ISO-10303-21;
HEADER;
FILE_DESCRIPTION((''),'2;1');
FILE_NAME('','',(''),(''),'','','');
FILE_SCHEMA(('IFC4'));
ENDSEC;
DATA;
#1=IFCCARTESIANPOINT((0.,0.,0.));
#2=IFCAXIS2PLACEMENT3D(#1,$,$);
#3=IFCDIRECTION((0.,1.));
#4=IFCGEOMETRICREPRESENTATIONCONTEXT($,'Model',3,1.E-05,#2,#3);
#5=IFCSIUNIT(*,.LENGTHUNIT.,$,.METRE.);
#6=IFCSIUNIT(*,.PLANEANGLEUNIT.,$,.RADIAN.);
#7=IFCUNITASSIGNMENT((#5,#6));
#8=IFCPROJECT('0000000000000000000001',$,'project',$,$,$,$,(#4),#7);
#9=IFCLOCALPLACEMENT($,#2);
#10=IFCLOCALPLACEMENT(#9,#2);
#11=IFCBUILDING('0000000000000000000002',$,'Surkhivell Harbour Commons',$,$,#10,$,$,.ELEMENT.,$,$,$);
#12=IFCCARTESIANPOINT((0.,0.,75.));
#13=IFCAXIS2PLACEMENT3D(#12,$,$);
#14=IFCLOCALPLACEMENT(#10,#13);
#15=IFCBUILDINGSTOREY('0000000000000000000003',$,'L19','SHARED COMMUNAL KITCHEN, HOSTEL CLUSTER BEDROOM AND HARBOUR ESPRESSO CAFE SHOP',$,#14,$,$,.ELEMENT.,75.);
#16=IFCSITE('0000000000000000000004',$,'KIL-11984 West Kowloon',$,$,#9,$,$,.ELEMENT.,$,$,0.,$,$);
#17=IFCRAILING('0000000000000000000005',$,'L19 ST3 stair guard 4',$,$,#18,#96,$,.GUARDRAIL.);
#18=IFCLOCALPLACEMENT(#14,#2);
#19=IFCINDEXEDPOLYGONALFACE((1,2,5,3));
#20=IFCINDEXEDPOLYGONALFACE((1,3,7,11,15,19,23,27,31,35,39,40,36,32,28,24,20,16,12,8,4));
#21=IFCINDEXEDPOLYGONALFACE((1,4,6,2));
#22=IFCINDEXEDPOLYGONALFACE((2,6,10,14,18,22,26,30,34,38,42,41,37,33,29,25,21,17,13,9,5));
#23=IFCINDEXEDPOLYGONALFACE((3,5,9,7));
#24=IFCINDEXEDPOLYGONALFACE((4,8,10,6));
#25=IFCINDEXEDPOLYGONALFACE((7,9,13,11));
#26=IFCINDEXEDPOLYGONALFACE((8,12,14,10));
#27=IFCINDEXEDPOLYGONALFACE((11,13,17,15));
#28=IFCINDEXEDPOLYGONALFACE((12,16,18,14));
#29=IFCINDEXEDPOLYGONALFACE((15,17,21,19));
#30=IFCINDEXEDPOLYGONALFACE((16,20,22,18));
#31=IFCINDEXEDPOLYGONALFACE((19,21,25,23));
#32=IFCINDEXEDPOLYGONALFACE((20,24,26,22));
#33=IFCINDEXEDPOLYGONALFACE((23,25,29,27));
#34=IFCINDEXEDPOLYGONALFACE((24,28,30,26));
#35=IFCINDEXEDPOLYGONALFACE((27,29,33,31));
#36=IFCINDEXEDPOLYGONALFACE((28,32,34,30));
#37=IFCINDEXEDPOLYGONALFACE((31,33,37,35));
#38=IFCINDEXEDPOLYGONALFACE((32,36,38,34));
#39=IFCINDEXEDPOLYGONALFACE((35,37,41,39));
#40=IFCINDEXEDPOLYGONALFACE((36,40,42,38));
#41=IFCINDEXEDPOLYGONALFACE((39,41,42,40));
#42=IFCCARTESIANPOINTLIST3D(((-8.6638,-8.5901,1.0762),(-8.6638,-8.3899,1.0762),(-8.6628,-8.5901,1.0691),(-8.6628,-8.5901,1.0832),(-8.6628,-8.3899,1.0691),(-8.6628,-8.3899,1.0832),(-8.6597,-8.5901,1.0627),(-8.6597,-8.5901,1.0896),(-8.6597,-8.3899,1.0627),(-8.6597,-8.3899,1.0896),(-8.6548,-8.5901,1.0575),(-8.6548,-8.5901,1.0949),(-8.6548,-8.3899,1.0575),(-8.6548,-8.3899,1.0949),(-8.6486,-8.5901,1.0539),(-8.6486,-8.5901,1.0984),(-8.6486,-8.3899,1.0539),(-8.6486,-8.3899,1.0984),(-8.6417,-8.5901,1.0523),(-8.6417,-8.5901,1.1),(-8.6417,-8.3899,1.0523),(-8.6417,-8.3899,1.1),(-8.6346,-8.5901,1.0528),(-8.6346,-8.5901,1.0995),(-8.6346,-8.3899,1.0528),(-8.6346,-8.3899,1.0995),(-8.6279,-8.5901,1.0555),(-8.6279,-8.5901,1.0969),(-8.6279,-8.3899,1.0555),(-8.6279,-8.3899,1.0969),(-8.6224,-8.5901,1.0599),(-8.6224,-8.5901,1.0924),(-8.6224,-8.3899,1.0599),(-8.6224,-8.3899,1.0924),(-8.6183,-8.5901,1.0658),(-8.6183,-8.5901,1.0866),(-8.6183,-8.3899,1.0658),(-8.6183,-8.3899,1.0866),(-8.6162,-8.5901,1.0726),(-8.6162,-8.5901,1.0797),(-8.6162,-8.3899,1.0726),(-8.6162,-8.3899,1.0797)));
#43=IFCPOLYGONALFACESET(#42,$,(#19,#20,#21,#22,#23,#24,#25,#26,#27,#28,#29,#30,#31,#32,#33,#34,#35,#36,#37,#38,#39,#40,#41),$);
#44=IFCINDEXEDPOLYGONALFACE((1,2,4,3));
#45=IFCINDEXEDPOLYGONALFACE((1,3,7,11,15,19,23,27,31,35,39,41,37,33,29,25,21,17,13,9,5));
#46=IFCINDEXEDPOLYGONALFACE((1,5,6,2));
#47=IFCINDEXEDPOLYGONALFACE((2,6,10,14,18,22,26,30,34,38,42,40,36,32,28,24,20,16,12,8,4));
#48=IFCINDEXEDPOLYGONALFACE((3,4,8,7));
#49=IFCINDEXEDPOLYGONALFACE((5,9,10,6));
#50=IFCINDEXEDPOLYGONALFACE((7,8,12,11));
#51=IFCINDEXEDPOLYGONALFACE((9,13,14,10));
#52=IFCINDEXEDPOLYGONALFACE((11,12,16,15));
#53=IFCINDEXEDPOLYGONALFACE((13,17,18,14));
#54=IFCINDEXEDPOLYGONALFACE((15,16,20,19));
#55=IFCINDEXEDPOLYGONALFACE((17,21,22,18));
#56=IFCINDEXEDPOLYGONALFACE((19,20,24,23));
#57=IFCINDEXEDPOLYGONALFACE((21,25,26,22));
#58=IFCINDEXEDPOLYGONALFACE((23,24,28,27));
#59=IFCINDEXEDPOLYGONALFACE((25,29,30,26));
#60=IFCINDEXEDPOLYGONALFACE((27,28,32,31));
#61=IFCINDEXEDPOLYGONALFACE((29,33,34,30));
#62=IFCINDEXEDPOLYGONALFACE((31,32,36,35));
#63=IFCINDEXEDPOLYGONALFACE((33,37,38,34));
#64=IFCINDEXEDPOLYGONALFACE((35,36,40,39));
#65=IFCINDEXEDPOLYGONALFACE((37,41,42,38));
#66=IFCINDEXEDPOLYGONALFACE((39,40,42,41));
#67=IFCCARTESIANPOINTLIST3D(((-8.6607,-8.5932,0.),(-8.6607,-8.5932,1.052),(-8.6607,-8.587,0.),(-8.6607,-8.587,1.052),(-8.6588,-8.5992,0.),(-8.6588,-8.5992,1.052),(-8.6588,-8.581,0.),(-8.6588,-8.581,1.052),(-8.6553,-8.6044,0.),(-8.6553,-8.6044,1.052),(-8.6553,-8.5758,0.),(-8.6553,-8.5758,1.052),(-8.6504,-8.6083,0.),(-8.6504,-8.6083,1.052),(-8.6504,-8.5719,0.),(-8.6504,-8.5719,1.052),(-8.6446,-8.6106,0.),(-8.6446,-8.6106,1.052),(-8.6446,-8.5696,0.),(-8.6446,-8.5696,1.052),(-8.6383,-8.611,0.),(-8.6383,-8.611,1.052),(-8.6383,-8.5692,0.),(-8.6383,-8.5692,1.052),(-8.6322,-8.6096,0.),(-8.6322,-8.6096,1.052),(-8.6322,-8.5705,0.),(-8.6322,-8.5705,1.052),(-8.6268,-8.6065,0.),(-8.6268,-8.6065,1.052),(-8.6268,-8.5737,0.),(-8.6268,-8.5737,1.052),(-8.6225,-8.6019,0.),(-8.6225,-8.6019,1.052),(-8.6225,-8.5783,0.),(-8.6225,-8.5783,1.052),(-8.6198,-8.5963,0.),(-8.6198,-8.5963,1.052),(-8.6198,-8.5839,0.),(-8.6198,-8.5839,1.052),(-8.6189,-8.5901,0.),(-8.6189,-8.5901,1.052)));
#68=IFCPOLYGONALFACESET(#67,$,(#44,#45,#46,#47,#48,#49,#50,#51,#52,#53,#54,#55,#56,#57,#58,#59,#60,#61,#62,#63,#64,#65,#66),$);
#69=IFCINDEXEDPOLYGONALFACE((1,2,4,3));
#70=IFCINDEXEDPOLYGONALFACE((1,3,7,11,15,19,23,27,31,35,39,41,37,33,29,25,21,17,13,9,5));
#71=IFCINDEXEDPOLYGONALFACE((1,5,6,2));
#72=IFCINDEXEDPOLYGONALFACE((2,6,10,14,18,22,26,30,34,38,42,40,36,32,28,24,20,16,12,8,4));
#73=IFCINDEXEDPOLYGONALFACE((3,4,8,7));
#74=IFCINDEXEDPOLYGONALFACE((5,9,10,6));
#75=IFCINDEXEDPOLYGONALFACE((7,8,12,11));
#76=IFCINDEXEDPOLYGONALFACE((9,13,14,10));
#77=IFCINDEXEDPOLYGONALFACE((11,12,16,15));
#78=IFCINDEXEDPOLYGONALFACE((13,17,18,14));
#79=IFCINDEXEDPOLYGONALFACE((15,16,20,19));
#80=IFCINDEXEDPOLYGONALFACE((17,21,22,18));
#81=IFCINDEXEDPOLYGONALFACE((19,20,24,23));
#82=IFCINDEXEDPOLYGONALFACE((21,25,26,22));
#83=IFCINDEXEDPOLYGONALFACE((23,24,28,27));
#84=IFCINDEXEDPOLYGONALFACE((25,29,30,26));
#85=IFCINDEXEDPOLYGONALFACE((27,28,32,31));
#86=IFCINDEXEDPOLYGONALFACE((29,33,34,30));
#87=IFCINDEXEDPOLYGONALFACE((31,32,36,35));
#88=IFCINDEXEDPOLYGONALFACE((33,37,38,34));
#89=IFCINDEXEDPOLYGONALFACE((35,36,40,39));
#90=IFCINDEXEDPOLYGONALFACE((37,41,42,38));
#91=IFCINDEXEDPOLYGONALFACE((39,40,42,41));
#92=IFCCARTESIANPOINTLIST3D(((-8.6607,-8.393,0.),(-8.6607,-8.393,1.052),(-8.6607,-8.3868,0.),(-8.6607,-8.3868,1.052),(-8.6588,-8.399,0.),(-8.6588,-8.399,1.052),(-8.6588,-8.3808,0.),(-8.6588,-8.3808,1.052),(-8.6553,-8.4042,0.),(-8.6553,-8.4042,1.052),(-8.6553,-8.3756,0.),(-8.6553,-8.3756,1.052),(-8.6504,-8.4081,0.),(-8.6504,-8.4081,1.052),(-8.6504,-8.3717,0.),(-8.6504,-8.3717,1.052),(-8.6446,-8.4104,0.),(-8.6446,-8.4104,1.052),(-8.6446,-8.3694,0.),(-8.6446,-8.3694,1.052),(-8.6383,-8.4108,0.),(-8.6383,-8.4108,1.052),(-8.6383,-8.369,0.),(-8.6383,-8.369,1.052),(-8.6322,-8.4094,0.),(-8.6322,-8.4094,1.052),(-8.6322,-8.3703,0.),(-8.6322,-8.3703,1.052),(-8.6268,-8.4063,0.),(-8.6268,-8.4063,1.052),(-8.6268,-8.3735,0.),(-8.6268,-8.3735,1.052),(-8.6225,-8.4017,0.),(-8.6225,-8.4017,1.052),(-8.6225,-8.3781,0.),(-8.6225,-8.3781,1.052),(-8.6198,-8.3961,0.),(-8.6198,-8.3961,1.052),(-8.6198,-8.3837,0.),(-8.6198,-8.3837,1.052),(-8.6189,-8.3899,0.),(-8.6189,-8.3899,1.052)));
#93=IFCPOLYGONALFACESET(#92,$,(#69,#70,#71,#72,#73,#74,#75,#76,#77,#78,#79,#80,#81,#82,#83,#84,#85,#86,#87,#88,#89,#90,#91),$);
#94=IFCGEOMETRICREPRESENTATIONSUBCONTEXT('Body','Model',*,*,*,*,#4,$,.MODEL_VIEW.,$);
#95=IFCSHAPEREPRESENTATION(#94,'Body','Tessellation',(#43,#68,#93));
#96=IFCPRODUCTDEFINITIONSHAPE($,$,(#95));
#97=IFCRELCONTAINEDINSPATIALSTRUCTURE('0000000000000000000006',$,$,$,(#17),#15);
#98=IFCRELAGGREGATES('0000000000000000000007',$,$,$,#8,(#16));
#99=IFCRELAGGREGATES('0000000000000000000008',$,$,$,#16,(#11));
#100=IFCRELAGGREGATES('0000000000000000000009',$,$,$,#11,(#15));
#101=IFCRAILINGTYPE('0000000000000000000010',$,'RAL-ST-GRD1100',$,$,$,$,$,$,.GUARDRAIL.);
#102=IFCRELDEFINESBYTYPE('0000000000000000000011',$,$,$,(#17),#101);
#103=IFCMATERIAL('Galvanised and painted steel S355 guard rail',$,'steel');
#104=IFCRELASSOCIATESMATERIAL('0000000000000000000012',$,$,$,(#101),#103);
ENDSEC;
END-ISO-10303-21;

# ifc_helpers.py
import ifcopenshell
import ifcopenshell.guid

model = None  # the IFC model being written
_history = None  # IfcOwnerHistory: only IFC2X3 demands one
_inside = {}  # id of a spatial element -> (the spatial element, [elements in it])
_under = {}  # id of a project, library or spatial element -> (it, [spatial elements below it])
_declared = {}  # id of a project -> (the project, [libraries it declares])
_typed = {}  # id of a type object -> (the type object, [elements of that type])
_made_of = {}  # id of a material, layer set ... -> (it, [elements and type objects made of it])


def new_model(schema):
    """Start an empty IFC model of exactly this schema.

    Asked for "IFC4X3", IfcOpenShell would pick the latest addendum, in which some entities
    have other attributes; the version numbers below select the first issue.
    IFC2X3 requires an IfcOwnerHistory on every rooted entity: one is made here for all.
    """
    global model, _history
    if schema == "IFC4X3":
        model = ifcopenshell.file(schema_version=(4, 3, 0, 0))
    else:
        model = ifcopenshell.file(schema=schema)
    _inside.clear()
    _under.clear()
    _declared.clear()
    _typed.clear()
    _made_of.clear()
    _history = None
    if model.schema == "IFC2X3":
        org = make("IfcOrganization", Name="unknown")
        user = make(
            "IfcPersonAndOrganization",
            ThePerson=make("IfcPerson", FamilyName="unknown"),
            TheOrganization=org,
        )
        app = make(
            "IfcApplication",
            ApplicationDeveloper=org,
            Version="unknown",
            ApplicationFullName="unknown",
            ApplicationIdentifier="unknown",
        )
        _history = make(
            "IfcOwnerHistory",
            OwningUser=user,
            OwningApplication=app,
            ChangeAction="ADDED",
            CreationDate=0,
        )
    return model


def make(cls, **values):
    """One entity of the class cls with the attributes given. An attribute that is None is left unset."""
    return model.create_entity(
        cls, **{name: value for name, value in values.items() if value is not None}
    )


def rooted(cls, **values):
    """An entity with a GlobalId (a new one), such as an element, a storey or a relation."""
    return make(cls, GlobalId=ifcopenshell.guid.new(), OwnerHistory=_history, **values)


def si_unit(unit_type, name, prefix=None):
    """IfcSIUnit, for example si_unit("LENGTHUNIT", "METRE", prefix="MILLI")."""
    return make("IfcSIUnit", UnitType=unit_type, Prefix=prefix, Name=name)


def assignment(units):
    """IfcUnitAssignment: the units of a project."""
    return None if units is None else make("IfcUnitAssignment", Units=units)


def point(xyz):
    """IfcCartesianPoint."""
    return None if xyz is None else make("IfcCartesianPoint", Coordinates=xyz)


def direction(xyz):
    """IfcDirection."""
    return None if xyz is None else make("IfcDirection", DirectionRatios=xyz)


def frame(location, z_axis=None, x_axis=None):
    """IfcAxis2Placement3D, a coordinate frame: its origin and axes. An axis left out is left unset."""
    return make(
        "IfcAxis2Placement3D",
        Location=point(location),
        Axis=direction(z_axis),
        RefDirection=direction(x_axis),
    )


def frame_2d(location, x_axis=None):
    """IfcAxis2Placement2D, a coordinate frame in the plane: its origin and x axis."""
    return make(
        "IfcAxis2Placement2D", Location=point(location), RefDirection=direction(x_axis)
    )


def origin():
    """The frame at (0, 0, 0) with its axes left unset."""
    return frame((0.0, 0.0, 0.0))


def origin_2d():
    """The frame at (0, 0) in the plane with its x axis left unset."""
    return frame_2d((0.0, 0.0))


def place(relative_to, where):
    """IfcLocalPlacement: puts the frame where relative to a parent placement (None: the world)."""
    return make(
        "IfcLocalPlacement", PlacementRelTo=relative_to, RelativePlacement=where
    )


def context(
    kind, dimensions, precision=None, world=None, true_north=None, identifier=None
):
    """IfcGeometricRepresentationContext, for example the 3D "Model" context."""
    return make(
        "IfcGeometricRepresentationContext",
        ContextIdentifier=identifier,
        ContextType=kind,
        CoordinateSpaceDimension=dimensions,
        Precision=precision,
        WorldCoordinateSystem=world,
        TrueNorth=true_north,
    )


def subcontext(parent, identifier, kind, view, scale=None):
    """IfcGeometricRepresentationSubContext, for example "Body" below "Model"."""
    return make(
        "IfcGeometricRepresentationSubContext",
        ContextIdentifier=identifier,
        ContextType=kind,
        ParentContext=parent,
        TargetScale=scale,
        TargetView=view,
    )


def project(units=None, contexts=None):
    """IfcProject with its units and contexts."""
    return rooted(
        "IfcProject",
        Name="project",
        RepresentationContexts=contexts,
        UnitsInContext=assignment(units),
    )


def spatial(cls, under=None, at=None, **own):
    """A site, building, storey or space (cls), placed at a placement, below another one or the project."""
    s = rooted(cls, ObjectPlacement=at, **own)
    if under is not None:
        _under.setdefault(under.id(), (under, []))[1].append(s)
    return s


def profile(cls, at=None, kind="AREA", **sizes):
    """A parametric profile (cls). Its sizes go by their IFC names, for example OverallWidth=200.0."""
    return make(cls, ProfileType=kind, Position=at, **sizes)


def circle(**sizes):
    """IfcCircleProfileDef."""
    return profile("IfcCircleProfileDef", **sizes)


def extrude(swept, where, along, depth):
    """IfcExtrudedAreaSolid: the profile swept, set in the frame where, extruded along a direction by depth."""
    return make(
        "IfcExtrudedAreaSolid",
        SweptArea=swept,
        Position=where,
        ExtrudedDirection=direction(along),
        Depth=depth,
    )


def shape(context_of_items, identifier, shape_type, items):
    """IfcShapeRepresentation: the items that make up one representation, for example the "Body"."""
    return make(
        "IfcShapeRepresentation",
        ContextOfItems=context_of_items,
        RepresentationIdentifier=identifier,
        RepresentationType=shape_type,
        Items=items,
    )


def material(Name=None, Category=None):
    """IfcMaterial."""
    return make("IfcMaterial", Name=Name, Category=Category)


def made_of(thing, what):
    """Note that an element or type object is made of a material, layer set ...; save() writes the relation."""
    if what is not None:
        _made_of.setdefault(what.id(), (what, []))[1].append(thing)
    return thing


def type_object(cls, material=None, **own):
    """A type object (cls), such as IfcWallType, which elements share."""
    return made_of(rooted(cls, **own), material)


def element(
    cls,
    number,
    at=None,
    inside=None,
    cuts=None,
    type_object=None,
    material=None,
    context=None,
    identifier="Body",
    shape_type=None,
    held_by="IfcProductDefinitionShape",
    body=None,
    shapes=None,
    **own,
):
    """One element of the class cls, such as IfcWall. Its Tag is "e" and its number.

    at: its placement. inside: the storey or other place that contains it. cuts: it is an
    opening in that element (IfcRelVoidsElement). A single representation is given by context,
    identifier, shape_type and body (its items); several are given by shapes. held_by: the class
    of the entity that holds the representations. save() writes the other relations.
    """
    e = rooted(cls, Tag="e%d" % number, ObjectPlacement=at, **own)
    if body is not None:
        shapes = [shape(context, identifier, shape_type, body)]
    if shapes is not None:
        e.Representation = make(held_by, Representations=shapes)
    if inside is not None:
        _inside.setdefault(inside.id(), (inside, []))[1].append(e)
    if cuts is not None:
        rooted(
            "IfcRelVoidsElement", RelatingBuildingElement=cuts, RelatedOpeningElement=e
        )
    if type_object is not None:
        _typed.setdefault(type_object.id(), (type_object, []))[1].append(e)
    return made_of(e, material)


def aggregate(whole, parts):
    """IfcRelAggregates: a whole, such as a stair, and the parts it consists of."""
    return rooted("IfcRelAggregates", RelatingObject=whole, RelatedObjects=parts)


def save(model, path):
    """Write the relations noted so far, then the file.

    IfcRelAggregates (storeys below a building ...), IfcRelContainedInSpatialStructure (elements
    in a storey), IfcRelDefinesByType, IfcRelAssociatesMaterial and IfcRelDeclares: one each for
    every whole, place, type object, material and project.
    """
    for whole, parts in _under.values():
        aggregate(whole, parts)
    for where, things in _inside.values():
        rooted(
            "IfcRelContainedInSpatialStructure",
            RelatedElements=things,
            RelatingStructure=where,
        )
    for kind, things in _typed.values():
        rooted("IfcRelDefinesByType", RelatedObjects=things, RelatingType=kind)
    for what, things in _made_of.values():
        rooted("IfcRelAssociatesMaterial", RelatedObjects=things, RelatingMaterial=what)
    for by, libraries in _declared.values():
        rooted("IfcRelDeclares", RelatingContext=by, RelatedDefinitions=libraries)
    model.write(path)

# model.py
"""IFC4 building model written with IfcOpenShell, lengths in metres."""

from ifc_helpers import new_model, si_unit, direction, frame, origin, origin_2d, place, context, subcontext, project, spatial, circle, extrude, material, type_object, element, save


model = new_model("IFC4")

# Units and contexts
model_context = context("Model", 3, precision=1e-05, world=origin(), true_north=direction((0.0, 1.0)))
body_context = subcontext(model_context, "Body", "Model", "MODEL_VIEW")
ifc_project = project(units=[si_unit("LENGTHUNIT", "METRE"), si_unit("PLANEANGLEUNIT", "RADIAN")], contexts=[model_context])

# Site, building, storey
site_placement = place(None, origin())
site = spatial("IfcSite", under=ifc_project, at=site_placement, Name="KIL-11984 West Kowloon", CompositionType="ELEMENT", RefElevation=0.0)
building_placement = place(site_placement, origin())
building = spatial("IfcBuilding", under=site, at=building_placement, Name="Surkhivell Harbour Commons", CompositionType="ELEMENT")
storey_placement = place(building_placement, frame((0.0, 0.0, 75.0)))
storey = spatial("IfcBuildingStorey", under=building, at=storey_placement, Name="L19", Description="SHARED COMMUNAL KITCHEN, HOSTEL CLUSTER BEDROOM AND HARBOUR ESPRESSO CAFE SHOP", CompositionType="ELEMENT", Elevation=75.0)

# Railing
ifc_material_1 = material(Name="Galvanised and painted steel S355 guard rail", Category="steel")
railing_type_1 = type_object("IfcRailingType", Name="RAL-ST-GRD1100", PredefinedType="GUARDRAIL", material=ifc_material_1)
railing_1_placement = place(storey_placement, frame((-8.6399, -8.5901, 0.0)))
element("IfcRailing", 1, at=railing_1_placement, inside=storey, type_object=railing_type_1, Name="L19 ST3 stair guard 4", PredefinedType="GUARDRAIL", context=body_context, shape_type="SweptSolid", body=[
    extrude(circle(Radius=0.0239, at=origin_2d()), frame((0.0, 0.0, 1.0762), z_axis=(0.0, 1.0, 0.0), x_axis=(-1.0, 0.0, 0.0)), (0.0, 0.0, 1.0), 0.2002),
    extrude(circle(Radius=0.021, at=origin_2d()), origin(), (0.0, 0.0, 1.0), 1.052),
    extrude(circle(Radius=0.021, at=origin_2d()), frame((0.0, 0.2002, 0.0)), (0.0, 0.0, 1.0), 1.052),
])

save(model, "model.ifc")
